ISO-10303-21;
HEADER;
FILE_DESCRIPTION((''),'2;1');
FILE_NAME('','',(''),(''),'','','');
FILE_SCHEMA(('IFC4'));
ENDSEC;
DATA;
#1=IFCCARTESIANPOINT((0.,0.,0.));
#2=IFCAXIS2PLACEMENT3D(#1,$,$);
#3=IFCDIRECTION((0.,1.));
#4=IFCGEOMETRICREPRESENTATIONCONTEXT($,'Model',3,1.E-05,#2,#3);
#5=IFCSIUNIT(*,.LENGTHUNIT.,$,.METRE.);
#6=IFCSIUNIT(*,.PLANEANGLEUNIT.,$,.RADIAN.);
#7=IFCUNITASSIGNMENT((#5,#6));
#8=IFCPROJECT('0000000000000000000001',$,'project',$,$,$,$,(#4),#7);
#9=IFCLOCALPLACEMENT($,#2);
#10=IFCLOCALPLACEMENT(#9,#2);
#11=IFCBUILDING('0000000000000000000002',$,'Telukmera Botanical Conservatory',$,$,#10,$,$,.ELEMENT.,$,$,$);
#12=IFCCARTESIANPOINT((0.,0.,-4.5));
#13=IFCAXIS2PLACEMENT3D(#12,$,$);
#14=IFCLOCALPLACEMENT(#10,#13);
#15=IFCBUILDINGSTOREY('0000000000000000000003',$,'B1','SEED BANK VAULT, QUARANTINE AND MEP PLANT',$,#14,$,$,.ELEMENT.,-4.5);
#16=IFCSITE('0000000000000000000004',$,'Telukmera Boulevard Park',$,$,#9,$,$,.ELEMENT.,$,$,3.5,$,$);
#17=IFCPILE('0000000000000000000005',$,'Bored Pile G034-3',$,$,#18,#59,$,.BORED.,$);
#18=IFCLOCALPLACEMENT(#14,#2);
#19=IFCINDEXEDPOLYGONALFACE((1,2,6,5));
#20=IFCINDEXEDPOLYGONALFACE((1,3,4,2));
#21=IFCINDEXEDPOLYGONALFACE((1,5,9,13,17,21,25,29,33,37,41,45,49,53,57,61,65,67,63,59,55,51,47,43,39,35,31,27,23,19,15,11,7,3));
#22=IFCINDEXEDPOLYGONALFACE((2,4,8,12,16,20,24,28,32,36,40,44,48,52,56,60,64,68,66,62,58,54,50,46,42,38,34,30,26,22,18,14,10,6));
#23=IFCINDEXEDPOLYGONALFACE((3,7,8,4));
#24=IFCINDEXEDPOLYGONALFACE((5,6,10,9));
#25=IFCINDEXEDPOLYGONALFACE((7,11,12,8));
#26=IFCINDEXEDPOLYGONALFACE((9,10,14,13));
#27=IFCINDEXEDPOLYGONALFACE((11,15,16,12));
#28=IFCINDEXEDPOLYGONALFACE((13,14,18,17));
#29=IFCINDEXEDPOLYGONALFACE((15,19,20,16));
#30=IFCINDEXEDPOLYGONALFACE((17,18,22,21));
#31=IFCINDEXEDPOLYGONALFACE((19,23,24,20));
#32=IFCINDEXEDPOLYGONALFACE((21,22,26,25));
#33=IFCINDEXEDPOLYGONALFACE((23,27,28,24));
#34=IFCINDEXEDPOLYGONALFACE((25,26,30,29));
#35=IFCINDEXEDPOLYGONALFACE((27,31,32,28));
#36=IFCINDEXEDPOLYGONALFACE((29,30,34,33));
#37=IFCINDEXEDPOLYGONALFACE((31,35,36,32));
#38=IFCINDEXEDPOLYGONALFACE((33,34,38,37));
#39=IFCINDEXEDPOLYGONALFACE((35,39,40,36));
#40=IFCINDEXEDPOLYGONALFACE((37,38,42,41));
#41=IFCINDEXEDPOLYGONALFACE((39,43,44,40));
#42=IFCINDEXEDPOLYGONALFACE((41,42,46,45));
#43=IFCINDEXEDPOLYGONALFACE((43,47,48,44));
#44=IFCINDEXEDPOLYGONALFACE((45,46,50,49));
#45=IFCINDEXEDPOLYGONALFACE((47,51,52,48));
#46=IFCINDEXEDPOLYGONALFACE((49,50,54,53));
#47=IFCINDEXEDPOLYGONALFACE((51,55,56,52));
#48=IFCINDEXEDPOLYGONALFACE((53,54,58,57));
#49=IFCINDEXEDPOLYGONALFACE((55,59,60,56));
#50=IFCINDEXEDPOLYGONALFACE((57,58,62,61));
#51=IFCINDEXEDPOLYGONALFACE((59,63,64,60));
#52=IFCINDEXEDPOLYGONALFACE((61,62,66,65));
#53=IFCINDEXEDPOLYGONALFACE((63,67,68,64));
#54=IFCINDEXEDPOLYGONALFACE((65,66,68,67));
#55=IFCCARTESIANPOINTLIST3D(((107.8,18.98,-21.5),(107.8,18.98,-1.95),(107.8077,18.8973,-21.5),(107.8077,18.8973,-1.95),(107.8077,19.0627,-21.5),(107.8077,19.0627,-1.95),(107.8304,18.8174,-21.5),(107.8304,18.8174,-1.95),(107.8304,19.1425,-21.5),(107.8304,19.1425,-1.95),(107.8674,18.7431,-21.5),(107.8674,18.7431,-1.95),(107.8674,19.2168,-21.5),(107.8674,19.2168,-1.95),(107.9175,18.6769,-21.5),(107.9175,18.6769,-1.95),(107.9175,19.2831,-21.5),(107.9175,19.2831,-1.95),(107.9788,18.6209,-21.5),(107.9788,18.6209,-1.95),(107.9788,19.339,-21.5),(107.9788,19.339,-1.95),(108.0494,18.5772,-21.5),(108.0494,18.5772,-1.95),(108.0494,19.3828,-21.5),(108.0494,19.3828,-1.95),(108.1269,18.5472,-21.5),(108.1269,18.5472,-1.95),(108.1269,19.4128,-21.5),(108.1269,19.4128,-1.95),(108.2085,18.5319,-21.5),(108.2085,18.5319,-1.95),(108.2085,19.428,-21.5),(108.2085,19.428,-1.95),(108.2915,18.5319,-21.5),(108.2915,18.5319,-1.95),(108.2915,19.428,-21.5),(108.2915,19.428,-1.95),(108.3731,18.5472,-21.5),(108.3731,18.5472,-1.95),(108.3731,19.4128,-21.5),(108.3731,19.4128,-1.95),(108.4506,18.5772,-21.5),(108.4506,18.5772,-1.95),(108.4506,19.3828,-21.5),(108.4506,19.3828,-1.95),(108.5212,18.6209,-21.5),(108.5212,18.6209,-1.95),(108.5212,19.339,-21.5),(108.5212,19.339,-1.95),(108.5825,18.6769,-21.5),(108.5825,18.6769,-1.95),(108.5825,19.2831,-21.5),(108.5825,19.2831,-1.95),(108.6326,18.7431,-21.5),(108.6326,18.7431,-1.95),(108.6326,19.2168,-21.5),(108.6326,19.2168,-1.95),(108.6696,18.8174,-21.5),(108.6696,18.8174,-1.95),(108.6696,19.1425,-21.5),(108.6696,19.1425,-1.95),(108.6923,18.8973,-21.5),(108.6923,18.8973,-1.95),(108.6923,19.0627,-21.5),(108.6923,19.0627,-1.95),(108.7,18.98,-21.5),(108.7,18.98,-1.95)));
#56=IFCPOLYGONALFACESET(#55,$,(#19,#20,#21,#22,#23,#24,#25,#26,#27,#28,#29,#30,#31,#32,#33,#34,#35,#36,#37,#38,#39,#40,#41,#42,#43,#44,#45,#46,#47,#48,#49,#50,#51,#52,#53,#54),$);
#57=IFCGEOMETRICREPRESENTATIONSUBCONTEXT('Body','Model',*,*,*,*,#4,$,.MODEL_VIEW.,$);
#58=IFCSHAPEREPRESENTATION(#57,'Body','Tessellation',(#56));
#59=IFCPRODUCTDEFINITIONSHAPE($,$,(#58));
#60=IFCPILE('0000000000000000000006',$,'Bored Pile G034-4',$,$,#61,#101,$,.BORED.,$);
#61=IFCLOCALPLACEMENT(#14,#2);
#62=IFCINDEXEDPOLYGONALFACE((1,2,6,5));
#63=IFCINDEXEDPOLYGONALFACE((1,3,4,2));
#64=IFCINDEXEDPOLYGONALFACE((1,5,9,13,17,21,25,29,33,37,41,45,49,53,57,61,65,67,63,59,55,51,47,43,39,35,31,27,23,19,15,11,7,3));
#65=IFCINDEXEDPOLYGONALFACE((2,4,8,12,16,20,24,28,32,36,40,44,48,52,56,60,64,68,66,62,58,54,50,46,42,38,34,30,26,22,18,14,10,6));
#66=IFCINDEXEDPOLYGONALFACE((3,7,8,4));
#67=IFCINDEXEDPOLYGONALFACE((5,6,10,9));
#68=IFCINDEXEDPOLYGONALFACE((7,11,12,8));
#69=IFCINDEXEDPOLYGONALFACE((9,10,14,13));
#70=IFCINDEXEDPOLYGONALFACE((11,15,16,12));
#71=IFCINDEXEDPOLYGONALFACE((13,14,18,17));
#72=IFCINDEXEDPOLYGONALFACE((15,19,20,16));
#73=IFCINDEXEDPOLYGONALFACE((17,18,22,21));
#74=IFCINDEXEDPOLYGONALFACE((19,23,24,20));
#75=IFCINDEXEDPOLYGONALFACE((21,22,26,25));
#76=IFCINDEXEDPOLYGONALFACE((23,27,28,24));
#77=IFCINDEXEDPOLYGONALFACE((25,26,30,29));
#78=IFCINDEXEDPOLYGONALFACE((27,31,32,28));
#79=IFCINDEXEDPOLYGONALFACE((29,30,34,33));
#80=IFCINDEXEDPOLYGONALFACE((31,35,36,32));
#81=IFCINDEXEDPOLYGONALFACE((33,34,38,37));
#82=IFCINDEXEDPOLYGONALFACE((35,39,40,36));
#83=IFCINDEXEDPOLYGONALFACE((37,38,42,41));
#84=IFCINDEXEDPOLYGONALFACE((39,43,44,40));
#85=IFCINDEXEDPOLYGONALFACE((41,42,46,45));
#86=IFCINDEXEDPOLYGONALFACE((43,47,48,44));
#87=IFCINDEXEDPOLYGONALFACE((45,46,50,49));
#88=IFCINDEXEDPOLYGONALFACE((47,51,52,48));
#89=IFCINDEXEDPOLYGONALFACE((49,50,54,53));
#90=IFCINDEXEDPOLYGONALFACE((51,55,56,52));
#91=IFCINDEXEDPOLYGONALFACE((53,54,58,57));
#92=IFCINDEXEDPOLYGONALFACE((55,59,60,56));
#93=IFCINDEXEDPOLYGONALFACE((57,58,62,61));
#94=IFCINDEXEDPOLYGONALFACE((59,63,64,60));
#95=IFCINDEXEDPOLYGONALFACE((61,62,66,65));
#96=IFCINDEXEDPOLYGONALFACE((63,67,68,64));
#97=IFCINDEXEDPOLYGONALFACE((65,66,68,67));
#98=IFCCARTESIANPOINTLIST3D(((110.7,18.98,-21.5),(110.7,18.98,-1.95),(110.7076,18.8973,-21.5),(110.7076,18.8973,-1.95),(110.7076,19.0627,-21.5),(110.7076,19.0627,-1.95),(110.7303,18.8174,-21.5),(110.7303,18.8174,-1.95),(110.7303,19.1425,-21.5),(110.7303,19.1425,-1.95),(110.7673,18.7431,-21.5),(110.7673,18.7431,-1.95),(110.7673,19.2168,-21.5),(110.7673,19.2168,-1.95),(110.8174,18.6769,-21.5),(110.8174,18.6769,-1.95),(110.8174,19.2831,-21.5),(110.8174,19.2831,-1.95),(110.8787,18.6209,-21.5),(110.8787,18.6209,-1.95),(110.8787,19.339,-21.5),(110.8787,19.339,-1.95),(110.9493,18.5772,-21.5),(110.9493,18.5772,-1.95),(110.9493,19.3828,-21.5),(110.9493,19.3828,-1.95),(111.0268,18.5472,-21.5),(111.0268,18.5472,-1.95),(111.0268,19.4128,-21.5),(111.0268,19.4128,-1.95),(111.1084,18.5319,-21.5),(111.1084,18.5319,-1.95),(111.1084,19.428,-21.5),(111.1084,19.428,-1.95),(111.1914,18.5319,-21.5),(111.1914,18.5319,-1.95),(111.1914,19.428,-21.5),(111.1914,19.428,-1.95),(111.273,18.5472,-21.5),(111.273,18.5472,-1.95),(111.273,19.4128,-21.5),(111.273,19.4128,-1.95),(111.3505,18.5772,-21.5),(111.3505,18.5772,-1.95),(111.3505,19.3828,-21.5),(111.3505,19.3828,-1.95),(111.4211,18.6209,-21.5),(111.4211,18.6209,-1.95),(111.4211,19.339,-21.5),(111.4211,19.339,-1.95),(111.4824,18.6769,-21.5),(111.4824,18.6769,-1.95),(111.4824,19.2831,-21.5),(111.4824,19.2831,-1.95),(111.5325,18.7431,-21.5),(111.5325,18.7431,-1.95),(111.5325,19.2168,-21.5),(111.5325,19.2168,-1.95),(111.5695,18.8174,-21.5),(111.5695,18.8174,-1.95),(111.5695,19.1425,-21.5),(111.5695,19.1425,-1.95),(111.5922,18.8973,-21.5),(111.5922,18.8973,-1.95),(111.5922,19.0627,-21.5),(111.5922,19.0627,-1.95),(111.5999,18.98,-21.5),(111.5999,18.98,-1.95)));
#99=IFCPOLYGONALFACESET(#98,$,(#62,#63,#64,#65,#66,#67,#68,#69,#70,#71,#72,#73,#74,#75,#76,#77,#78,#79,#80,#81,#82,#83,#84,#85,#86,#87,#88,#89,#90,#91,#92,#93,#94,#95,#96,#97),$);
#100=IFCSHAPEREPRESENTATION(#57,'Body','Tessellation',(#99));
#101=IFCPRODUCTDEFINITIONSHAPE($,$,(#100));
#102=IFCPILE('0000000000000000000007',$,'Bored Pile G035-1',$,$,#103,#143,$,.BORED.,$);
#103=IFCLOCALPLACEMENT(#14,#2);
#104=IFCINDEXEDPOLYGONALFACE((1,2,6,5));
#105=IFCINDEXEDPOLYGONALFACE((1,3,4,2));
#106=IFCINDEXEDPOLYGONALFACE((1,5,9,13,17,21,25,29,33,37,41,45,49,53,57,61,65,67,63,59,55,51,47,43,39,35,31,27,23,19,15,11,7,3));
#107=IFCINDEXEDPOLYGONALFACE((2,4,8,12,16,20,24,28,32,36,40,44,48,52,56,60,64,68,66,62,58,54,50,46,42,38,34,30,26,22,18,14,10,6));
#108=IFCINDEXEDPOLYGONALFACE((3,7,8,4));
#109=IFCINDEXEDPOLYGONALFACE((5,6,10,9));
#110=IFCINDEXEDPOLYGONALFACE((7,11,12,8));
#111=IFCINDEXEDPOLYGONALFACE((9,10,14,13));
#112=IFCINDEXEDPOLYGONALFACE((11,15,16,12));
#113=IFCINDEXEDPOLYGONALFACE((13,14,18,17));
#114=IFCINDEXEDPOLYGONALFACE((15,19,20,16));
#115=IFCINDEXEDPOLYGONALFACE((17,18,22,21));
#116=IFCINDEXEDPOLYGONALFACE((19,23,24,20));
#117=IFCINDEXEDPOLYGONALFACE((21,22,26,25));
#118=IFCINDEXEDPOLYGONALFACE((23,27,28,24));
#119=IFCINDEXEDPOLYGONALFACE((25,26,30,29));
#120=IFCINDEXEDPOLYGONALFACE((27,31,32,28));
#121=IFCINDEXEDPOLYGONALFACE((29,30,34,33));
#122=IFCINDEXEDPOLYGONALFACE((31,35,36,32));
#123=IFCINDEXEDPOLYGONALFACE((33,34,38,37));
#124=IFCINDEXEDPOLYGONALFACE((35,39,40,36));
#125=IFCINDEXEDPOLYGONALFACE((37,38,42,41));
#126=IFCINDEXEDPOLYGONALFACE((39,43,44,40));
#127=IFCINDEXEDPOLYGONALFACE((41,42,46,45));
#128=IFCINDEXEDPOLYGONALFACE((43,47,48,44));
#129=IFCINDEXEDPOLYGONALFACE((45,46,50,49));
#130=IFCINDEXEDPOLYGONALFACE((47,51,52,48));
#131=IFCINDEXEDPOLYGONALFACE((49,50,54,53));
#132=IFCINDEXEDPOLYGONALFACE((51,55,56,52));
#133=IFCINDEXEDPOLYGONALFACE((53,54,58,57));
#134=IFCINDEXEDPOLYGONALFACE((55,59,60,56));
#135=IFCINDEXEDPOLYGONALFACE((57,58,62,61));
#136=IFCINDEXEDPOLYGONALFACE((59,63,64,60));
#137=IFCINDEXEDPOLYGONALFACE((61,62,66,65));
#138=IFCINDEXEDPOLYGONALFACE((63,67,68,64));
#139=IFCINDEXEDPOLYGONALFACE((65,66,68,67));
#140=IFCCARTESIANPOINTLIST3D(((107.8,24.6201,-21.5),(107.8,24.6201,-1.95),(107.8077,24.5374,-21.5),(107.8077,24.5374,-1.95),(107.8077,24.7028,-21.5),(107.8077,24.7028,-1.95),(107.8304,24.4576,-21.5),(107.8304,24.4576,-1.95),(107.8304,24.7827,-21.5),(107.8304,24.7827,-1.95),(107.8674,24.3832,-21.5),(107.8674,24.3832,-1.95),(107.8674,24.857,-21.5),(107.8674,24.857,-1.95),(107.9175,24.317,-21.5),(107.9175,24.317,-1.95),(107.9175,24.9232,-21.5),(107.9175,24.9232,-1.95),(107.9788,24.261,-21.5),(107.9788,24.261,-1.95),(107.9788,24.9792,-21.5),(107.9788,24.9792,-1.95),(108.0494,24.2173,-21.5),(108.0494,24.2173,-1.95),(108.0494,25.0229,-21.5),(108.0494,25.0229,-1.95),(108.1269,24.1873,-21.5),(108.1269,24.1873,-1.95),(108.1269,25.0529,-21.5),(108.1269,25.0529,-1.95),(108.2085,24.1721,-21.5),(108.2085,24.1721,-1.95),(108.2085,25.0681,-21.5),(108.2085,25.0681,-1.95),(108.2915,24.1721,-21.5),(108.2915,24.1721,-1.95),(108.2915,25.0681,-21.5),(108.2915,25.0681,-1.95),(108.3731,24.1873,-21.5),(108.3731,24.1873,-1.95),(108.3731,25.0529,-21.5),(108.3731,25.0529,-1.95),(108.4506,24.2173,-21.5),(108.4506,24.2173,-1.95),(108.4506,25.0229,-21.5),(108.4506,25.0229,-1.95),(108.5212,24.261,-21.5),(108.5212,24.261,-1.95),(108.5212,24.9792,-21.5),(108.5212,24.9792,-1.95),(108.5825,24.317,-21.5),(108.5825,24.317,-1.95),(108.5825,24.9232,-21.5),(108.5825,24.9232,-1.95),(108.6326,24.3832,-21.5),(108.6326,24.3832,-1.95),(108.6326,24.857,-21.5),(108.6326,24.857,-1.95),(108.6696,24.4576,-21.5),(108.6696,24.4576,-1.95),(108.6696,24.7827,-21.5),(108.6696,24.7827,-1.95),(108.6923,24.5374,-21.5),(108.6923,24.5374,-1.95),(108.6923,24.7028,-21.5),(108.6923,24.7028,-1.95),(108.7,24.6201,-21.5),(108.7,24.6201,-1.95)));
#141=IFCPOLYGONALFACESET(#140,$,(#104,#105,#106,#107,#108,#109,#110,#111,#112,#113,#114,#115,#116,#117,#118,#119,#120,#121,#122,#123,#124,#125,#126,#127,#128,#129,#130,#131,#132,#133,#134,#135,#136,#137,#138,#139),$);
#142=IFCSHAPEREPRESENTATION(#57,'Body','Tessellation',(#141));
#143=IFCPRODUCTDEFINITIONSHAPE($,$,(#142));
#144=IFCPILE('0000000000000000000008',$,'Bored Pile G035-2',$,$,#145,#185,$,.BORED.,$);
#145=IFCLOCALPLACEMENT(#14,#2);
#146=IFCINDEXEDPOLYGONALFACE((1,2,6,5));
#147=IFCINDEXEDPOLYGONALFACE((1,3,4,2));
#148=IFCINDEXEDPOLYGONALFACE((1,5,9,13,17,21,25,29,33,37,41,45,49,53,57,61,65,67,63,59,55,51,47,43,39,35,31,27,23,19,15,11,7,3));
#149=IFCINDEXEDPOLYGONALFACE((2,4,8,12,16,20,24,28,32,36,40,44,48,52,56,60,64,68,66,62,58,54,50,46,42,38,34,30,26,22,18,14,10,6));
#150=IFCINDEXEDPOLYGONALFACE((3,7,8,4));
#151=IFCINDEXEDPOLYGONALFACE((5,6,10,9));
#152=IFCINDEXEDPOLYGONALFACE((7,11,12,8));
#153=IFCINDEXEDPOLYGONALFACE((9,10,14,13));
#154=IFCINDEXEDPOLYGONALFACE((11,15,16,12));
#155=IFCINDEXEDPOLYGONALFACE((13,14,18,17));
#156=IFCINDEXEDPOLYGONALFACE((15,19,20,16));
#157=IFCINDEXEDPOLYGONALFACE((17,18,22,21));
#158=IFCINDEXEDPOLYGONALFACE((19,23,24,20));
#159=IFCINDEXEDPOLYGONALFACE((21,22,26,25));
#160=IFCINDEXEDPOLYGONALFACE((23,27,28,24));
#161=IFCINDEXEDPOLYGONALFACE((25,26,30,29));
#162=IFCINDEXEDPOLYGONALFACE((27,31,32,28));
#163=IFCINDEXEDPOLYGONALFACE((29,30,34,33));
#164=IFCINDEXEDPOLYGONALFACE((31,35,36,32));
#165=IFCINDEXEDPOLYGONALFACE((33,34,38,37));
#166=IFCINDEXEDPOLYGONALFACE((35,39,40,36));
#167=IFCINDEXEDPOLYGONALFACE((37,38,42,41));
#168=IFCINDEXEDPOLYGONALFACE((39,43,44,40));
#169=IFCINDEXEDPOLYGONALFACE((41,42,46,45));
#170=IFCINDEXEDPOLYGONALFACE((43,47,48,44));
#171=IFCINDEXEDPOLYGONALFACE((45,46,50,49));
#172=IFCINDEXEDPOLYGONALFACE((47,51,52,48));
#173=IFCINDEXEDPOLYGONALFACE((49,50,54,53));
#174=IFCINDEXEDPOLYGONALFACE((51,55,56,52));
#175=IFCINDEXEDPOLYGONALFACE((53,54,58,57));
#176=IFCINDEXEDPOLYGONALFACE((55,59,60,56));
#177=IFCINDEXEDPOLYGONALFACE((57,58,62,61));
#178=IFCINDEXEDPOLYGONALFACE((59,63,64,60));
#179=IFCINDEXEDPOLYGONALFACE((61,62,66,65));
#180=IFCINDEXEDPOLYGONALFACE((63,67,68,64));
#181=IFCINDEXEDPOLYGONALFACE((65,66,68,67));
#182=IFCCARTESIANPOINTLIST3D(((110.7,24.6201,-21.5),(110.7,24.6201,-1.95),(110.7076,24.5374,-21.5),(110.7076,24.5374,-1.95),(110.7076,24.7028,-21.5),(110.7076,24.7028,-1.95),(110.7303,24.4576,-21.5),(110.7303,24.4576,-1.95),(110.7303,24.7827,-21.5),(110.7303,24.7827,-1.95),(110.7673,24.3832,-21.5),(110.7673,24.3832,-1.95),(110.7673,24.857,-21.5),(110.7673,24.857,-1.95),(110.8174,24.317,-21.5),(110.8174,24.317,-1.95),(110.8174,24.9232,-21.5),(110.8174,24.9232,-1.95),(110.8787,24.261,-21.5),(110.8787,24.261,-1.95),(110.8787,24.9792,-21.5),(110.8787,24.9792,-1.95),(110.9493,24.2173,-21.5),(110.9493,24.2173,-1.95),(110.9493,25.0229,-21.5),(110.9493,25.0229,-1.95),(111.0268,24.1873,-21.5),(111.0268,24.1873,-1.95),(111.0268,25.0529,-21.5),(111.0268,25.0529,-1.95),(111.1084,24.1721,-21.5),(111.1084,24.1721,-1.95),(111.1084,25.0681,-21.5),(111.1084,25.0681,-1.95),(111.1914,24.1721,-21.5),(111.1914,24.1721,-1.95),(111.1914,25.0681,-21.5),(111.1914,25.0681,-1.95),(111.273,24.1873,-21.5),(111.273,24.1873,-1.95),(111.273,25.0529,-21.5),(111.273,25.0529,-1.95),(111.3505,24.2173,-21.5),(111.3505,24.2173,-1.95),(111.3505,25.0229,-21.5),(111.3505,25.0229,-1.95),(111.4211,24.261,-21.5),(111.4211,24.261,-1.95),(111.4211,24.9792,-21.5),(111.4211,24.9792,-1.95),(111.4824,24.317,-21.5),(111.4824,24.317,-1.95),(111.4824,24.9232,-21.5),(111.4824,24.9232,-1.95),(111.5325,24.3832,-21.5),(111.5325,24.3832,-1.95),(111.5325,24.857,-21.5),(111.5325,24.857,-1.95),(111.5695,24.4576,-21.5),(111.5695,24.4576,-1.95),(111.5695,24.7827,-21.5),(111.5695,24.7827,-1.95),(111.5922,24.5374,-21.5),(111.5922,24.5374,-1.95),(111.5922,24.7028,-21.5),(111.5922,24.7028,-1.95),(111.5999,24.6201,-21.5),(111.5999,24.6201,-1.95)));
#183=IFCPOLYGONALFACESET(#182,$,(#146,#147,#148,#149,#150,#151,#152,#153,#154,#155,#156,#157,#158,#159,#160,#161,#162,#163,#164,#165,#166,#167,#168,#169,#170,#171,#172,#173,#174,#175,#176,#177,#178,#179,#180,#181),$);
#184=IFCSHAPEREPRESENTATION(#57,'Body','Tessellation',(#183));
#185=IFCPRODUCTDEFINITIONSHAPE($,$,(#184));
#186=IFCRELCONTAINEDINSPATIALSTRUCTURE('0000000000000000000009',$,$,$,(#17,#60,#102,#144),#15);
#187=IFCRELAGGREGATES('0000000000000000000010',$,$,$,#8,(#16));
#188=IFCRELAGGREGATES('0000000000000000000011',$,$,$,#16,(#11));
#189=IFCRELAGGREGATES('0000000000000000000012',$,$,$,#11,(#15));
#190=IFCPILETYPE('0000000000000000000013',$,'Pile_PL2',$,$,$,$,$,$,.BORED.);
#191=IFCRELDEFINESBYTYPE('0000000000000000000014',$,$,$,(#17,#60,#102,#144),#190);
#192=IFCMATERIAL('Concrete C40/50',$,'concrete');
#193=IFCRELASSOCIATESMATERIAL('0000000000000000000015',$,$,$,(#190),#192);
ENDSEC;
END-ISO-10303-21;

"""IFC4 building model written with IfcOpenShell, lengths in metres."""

from ifc_helpers import new_model, si_unit, direction, frame, origin, origin_2d, place, context, subcontext, project, spatial, circle, extrude, material, material_profile, profile_set, type_object, element, save


model = new_model("IFC4")

# Units and contexts
model_context = context("Model", 3, precision=1e-05, world=origin(), true_north=direction((0.0, 1.0)))
body_context = subcontext(model_context, "Body", "Model", "MODEL_VIEW")
ifc_project = project(units=[si_unit("LENGTHUNIT", "METRE"), si_unit("PLANEANGLEUNIT", "RADIAN")], contexts=[model_context])

# Site, building, storey
site_placement = place(None, origin())
site = spatial("IfcSite", under=ifc_project, at=site_placement, Name="Telukmera Boulevard Park", CompositionType="ELEMENT", RefElevation=3.5)
building_placement = place(site_placement, origin())
building = spatial("IfcBuilding", under=site, at=building_placement, Name="Telukmera Botanical Conservatory", CompositionType="ELEMENT")
storey_placement = place(building_placement, frame((0.0, 0.0, -4.5)))
storey = spatial("IfcBuildingStorey", under=building, at=storey_placement, Name="B1", Description="SEED BANK VAULT, QUARANTINE AND MEP PLANT", CompositionType="ELEMENT", Elevation=-4.5)

# Shared definitions
ifc_material_1 = material(Name="Concrete C40/50", Category="concrete")

# Piles
ifc_material_profile_1 = material_profile(ifc_material_1, circle(Radius=0.45, at=origin_2d()), Name="PILE D900")
ifc_profile_set_1 = profile_set([ifc_material_profile_1], Name="Concrete C40/50")
pile_type_1 = type_object("IfcPileType", Name="Pile_PL2", PredefinedType="BORED", material=ifc_profile_set_1)
for number, where, z_axis, x_axis, name in (
    (1, (108.25, 18.98, -1.95), (0.0, 0.0, -1.0), (1.0, 0.0, 0.0), "Bored Pile G034-3"),
    (2, (111.1499, 18.98, -1.95), (0.0, 0.0, -1.0), (1.0, 0.0, 0.0), "Bored Pile G034-4"),
    (3, (108.25, 24.6201, -1.95), (0.0, 0.0, -1.0), (1.0, 0.0, 0.0), "Bored Pile G035-1"),
    (4, (111.1499, 24.6201, -1.95), (0.0, 0.0, -1.0), (1.0, 0.0, 0.0), "Bored Pile G035-2"),
):
    element("IfcPile", number, at=place(storey_placement, frame(where, z_axis=z_axis, x_axis=x_axis)), inside=storey, type_object=pile_type_1, Name=name, PredefinedType="BORED", context=body_context, shape_type="SweptSolid", body=[
        extrude(circle(Radius=0.45, at=origin_2d()), origin(), (0.0, 0.0, 1.0), 19.55),
    ])

save(model, "model.ifc")
